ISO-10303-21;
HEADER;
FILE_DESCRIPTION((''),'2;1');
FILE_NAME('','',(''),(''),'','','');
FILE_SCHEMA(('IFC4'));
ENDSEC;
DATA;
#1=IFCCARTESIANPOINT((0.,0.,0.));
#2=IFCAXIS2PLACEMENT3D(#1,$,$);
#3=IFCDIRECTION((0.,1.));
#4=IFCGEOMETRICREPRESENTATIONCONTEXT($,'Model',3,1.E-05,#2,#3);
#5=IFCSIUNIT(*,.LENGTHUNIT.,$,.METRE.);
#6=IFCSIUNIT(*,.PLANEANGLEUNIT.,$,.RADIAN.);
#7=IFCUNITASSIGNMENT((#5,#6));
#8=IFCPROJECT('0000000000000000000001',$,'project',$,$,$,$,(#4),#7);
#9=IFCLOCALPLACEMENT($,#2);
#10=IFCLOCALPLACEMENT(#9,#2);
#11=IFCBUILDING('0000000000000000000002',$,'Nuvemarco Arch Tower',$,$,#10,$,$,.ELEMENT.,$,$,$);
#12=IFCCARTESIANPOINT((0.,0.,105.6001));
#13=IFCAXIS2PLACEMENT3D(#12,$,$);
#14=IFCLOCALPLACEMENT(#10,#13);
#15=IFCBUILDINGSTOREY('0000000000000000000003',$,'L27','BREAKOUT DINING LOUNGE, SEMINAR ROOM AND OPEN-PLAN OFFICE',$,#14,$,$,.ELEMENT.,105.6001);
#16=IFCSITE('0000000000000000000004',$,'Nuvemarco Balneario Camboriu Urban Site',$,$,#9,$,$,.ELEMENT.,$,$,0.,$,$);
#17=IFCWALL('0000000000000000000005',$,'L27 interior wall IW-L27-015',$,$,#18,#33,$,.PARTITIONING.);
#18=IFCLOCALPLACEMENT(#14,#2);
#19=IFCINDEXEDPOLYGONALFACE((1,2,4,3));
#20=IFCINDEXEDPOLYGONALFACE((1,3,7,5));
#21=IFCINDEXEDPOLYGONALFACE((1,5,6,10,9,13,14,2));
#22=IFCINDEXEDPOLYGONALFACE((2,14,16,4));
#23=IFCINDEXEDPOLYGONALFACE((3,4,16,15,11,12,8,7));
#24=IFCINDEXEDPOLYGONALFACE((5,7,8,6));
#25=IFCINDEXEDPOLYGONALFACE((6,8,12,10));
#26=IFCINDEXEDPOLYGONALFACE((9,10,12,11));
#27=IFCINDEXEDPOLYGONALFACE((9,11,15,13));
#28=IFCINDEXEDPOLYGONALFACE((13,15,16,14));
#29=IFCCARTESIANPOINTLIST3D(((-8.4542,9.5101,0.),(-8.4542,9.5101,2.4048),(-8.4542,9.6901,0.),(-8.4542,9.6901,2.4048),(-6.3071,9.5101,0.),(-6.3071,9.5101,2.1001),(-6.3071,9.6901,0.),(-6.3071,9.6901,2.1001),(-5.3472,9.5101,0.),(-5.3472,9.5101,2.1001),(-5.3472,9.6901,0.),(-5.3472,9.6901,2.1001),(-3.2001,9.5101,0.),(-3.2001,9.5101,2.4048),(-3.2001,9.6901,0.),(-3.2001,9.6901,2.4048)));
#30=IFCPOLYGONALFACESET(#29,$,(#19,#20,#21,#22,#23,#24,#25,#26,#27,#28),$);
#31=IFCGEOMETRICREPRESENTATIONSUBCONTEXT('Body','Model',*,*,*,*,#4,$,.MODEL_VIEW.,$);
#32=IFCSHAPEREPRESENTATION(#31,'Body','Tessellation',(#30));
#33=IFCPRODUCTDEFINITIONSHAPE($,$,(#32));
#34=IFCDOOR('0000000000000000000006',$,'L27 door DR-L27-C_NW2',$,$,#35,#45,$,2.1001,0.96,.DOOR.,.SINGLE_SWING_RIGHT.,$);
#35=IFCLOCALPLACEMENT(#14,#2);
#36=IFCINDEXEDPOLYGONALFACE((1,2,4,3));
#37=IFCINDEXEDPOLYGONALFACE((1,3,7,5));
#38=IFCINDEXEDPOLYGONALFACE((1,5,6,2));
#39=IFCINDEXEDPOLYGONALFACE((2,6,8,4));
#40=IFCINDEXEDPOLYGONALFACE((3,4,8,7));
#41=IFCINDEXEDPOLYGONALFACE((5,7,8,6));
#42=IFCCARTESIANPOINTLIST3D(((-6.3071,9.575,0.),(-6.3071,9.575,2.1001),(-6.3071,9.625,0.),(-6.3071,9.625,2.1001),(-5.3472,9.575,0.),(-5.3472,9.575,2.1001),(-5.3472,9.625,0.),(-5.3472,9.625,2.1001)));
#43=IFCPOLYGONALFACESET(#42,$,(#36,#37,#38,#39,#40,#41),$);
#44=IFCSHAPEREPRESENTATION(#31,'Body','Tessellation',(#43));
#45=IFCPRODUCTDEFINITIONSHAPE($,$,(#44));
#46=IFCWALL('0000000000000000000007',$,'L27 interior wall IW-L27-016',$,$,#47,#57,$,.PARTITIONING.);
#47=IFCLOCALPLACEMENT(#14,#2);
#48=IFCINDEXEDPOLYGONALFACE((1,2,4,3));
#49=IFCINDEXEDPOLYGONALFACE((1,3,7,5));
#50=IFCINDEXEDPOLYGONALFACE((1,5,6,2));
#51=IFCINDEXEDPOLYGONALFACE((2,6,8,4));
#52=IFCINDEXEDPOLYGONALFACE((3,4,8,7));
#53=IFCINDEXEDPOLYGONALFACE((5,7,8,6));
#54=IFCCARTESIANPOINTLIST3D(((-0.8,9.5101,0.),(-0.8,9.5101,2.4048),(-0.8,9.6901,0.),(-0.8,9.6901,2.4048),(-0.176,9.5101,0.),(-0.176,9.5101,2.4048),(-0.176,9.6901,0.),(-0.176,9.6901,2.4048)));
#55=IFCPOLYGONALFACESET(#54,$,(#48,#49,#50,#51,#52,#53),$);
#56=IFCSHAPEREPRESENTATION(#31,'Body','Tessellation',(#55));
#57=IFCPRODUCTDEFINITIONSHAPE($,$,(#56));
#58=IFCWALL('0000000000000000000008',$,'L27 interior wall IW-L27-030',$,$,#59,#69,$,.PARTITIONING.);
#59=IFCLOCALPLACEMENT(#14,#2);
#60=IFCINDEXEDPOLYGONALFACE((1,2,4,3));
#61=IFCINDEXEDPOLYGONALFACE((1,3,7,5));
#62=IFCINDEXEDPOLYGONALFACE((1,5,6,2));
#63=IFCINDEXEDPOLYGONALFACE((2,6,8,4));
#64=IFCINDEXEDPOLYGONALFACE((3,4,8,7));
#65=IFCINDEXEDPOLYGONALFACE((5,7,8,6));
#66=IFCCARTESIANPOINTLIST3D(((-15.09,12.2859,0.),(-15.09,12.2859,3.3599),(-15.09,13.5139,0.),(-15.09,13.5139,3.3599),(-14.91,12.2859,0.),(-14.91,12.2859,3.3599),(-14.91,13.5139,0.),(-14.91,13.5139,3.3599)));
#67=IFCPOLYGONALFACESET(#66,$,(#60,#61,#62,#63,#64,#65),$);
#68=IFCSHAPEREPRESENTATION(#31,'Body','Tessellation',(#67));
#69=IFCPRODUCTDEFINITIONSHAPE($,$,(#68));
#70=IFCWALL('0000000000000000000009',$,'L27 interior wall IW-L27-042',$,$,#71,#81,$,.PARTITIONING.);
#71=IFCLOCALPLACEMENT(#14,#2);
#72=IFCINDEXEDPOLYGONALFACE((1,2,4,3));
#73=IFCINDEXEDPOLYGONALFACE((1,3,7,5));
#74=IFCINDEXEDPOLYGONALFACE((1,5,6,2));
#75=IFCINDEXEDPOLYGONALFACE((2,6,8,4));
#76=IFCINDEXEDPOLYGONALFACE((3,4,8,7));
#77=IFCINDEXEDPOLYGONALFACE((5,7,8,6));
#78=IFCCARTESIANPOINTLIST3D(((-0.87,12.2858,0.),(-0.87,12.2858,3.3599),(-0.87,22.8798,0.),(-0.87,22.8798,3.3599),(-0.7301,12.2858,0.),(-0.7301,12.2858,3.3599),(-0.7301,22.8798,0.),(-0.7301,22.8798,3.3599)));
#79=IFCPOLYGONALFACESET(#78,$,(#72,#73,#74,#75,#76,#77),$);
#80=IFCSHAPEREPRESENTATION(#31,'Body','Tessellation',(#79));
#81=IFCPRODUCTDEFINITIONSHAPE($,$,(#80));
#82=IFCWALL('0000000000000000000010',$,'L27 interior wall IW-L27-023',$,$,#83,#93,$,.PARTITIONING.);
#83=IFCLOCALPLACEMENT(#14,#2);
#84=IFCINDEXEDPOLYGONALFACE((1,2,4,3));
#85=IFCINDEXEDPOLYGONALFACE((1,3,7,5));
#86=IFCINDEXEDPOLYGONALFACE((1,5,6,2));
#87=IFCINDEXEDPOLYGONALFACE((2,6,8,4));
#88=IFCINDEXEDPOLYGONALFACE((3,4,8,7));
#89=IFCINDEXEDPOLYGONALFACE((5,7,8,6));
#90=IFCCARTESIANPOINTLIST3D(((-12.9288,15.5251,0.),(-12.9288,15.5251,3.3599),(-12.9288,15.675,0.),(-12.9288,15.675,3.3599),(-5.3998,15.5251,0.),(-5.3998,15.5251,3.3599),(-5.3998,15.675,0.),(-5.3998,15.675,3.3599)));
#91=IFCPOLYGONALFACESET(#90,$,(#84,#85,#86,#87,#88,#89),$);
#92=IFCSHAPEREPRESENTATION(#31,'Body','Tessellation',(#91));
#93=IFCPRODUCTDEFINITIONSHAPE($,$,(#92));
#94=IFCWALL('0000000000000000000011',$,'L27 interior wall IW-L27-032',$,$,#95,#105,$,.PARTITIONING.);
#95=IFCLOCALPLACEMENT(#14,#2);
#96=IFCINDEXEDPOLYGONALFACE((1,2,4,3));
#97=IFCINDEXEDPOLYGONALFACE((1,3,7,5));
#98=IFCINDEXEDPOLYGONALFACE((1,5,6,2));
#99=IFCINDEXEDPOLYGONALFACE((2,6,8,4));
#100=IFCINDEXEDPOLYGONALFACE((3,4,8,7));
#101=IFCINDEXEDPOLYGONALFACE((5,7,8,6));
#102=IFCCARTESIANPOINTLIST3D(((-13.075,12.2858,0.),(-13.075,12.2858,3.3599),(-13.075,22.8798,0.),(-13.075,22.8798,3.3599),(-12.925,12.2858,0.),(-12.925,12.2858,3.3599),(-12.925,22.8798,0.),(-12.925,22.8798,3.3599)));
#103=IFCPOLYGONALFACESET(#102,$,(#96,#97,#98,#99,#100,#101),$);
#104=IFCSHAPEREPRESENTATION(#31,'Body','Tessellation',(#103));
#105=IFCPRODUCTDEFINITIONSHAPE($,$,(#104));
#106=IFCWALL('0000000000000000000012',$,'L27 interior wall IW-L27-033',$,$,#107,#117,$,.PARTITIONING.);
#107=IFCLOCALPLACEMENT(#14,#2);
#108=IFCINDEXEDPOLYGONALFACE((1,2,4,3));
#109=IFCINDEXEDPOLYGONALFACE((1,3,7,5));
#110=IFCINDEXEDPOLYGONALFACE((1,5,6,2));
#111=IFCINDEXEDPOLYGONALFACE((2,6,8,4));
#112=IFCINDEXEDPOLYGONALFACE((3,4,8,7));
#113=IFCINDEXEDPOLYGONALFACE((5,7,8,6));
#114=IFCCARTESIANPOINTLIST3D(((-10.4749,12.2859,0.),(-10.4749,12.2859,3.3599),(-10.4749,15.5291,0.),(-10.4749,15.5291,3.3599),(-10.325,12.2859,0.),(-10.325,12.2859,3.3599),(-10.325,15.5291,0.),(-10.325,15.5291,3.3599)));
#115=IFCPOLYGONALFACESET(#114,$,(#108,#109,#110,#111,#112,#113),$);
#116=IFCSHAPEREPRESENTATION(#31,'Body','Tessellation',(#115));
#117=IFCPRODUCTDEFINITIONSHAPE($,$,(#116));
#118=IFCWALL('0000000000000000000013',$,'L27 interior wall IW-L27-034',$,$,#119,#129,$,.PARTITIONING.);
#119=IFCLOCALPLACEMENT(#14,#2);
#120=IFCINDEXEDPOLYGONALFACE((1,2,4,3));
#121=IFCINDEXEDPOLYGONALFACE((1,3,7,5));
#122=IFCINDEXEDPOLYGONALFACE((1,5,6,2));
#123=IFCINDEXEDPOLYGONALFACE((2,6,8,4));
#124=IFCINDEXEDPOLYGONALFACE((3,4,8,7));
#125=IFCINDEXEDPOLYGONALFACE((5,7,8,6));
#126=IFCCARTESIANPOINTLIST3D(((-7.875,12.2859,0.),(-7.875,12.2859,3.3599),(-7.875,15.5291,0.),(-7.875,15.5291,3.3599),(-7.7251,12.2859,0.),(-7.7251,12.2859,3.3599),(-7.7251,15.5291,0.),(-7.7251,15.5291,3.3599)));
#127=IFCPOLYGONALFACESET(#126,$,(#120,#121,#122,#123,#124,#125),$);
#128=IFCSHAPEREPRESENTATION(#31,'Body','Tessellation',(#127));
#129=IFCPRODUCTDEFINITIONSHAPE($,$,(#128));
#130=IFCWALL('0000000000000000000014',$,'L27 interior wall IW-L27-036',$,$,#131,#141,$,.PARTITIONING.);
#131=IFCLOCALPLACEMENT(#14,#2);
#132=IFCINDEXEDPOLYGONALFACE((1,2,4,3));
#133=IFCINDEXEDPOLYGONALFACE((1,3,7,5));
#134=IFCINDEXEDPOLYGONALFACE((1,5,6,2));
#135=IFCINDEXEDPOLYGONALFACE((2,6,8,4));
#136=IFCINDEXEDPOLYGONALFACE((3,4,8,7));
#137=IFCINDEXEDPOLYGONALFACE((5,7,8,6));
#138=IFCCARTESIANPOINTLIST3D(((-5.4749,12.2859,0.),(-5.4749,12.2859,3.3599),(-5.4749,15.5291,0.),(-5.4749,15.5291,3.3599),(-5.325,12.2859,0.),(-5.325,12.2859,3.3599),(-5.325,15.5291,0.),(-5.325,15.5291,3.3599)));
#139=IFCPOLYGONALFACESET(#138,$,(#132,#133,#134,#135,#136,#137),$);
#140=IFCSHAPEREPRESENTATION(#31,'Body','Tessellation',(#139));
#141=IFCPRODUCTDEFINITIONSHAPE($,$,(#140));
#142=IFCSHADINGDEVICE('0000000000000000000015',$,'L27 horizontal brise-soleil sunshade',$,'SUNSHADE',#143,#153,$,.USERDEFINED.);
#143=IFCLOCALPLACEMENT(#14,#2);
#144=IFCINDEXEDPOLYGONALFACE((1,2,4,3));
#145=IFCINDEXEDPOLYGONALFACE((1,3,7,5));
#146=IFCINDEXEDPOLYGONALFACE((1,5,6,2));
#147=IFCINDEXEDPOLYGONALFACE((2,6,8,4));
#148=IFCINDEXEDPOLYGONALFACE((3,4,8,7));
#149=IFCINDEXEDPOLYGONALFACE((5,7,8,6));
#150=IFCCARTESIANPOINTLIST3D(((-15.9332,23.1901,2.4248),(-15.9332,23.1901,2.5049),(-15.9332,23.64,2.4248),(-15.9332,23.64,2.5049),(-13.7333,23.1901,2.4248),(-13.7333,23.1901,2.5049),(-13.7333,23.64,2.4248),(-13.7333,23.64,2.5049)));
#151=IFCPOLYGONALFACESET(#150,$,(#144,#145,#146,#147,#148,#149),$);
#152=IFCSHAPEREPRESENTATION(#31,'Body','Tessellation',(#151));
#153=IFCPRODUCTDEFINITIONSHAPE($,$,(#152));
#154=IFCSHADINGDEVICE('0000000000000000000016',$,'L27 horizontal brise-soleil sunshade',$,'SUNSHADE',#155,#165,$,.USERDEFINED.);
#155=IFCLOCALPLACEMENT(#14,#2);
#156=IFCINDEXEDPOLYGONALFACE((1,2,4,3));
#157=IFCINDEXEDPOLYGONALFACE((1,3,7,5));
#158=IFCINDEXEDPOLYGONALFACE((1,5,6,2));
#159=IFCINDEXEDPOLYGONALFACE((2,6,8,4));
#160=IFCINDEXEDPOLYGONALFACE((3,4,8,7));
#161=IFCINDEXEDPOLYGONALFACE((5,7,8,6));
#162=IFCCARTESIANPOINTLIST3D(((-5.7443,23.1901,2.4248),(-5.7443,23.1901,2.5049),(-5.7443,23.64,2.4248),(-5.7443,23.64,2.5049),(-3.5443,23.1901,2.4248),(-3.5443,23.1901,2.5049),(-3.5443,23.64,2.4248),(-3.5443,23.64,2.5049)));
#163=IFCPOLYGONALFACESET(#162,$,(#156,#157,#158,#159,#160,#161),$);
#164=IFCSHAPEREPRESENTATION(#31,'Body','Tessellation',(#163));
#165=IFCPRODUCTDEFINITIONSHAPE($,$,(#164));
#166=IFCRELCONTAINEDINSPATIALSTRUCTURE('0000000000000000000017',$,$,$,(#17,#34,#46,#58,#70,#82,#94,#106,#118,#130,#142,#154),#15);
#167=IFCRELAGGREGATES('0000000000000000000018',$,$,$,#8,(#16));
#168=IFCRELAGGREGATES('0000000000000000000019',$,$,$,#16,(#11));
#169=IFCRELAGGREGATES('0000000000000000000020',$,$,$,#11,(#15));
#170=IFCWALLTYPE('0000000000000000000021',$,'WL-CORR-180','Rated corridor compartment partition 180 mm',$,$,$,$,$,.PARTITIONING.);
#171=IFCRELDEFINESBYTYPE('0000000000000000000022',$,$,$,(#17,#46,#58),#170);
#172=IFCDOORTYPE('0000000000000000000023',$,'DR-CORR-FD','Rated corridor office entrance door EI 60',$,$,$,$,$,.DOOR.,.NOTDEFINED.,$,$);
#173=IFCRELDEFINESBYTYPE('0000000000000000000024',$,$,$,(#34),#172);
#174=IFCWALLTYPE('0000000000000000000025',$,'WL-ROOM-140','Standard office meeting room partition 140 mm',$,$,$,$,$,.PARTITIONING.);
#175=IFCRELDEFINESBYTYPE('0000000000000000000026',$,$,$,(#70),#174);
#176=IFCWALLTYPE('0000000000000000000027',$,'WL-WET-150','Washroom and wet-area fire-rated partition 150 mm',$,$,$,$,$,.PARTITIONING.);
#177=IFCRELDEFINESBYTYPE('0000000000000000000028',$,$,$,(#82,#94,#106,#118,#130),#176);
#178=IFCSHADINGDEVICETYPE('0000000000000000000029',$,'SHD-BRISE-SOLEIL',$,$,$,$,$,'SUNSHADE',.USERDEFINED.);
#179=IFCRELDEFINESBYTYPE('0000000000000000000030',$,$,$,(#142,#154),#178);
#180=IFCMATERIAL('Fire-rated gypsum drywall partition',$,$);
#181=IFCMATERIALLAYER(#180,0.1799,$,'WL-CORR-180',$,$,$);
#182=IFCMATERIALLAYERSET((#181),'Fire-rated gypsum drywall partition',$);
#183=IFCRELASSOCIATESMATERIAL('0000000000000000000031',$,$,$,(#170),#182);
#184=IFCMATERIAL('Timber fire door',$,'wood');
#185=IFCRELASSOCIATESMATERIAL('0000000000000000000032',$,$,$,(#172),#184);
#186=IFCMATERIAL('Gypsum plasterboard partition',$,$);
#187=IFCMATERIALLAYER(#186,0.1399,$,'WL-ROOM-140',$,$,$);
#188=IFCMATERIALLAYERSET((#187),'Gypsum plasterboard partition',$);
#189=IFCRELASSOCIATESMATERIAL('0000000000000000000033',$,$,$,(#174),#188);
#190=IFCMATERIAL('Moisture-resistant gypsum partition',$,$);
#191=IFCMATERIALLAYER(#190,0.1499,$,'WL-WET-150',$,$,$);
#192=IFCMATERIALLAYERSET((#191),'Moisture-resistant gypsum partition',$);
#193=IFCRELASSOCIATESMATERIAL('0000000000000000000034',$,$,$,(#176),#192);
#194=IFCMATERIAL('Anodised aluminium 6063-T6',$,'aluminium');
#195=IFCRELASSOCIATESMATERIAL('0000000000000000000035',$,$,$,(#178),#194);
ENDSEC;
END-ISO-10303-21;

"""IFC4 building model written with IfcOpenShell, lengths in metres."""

from ifc_helpers import new_model, si_unit, direction, frame, frame_2d, origin, origin_2d, place, context, subcontext, project, spatial, rectangle, extrude, source, transform, mapped, material, layer, layer_set, type_object, type_shapes, element, fill, save


model = new_model("IFC4")

# Units and contexts
model_context = context("Model", 3, precision=1e-05, world=origin(), true_north=direction((0.0, 1.0)))
body_context = subcontext(model_context, "Body", "Model", "MODEL_VIEW")
ifc_project = project(units=[si_unit("LENGTHUNIT", "METRE"), si_unit("PLANEANGLEUNIT", "RADIAN")], contexts=[model_context])

# Site, building, storey
site_placement = place(None, origin())
site = spatial("IfcSite", under=ifc_project, at=site_placement, Name="Nuvemarco Balneario Camboriu Urban Site", CompositionType="ELEMENT", RefElevation=0.0)
building_placement = place(site_placement, origin())
building = spatial("IfcBuilding", under=site, at=building_placement, Name="Nuvemarco Arch Tower", CompositionType="ELEMENT")
storey_placement = place(building_placement, frame((0.0, 0.0, 105.6001)))
storey = spatial("IfcBuildingStorey", under=building, at=storey_placement, Name="L27", Description="BREAKOUT DINING LOUNGE, SEMINAR ROOM AND OPEN-PLAN OFFICE", CompositionType="ELEMENT", Elevation=105.6001)

# Wall, opening, door
ifc_material_1 = material(Name="Fire-rated gypsum drywall partition")
ifc_layer_1 = layer(ifc_material_1, 0.1799, Name="WL-CORR-180")
ifc_layer_set_1 = layer_set([ifc_layer_1], Name="Fire-rated gypsum drywall partition")
wall_type_1 = type_object("IfcWallType", Name="WL-CORR-180", Description="Rated corridor compartment partition 180 mm", PredefinedType="PARTITIONING", material=ifc_layer_set_1)
wall_1_placement = place(storey_placement, frame((-8.4541, 9.6001, 0.0), z_axis=(0.0, 0.0, 1.0), x_axis=(1.0, 0.0, 0.0)))
wall_1 = element("IfcWall", 1, at=wall_1_placement, inside=storey, type_object=wall_type_1, Name="L27 interior wall IW-L27-015", PredefinedType="PARTITIONING", context=body_context, shape_type="SweptSolid", body=[
    extrude(rectangle(XDim=5.2542, YDim=0.1799, at=frame_2d((2.627, 0.0))), origin(), (0.0, 0.0, 1.0), 2.4048),
])
opening_placement = place(wall_1_placement, frame((2.147, 0.0, 0.0)))
opening = element("IfcOpeningElement", 2, at=opening_placement, cuts=wall_1, PredefinedType="OPENING", context=body_context, shape_type="SweptSolid", body=[
    extrude(rectangle(XDim=0.96, YDim=2.1001, at=frame_2d((0.48, 1.05))), frame((0.0, 0.0999, 0.0), z_axis=(0.0, -1.0, 0.0), x_axis=(1.0, 0.0, 0.0)), (0.0, 0.0, 1.0), 0.2),
])
ifc_material_2 = material(Name="Timber fire door", Category="wood")
door_type = type_object("IfcDoorType", Name="DR-CORR-FD", Description="Rated corridor office entrance door EI 60", OperationType="NOTDEFINED", PredefinedType="DOOR", material=ifc_material_2)
shared_shape_1 = source(origin(), body_context, "Body", "SweptSolid", [
    extrude(rectangle(XDim=0.96, YDim=2.1001, at=frame_2d((0.48, 1.05))), frame((0.0, 0.0249, 0.0), z_axis=(0.0, -1.0, 0.0), x_axis=(1.0, 0.0, 0.0)), (0.0, 0.0, 1.0), 0.05),
])
type_shapes(door_type, [shared_shape_1])
door_placement = place(opening_placement, origin())
door = element("IfcDoor", 3, at=door_placement, inside=storey, type_object=door_type, Name="L27 door DR-L27-C_NW2", OperationType="SINGLE_SWING_RIGHT", OverallHeight=2.1001, OverallWidth=0.96, PredefinedType="DOOR", context=body_context, shape_type="MappedRepresentation", body=[
    mapped(shared_shape_1, transform((0.0, 0.0, 0.0), scale=1.0)),
])
fill(opening, door)

# Walls
wall_2_placement = place(storey_placement, frame((-0.8, 9.6001, 0.0), z_axis=(0.0, 0.0, 1.0), x_axis=(1.0, 0.0, 0.0)))
element("IfcWall", 4, at=wall_2_placement, inside=storey, type_object=wall_type_1, Name="L27 interior wall IW-L27-016", PredefinedType="PARTITIONING", context=body_context, shape_type="SweptSolid", body=[
    extrude(rectangle(XDim=0.624, YDim=0.1799, at=frame_2d((0.312, 0.0))), origin(), (0.0, 0.0, 1.0), 2.4048),
])
wall_3_placement = place(storey_placement, frame((-15.0, 12.2859, 0.0), z_axis=(0.0, 0.0, 1.0), x_axis=(0.0, 1.0, 0.0)))
element("IfcWall", 5, at=wall_3_placement, inside=storey, type_object=wall_type_1, Name="L27 interior wall IW-L27-030", PredefinedType="PARTITIONING", context=body_context, shape_type="SweptSolid", body=[
    extrude(rectangle(XDim=1.228, YDim=0.1799, at=frame_2d((0.614, 0.0))), origin(), (0.0, 0.0, 1.0), 3.3599),
])
ifc_material_3 = material(Name="Gypsum plasterboard partition")
ifc_layer_2 = layer(ifc_material_3, 0.1399, Name="WL-ROOM-140")
ifc_layer_set_2 = layer_set([ifc_layer_2], Name="Gypsum plasterboard partition")
wall_type_2 = type_object("IfcWallType", Name="WL-ROOM-140", Description="Standard office meeting room partition 140 mm", PredefinedType="PARTITIONING", material=ifc_layer_set_2)
wall_4_placement = place(storey_placement, frame((-0.8, 12.2859, 0.0), z_axis=(0.0, 0.0, 1.0), x_axis=(0.0, 1.0, 0.0)))
element("IfcWall", 6, at=wall_4_placement, inside=storey, type_object=wall_type_2, Name="L27 interior wall IW-L27-042", PredefinedType="PARTITIONING", context=body_context, shape_type="SweptSolid", body=[
    extrude(rectangle(XDim=10.594, YDim=0.1399, at=frame_2d((5.2969, 0.0))), origin(), (0.0, 0.0, 1.0), 3.3599),
])
ifc_material_4 = material(Name="Moisture-resistant gypsum partition")
ifc_layer_3 = layer(ifc_material_4, 0.1499, Name="WL-WET-150")
ifc_layer_set_3 = layer_set([ifc_layer_3], Name="Moisture-resistant gypsum partition")
wall_type_3 = type_object("IfcWallType", Name="WL-WET-150", Description="Washroom and wet-area fire-rated partition 150 mm", PredefinedType="PARTITIONING", material=ifc_layer_set_3)
wall_5_placement = place(storey_placement, frame((-12.929, 15.6001, 0.0), z_axis=(0.0, 0.0, 1.0), x_axis=(1.0, 0.0, 0.0)))
element("IfcWall", 7, at=wall_5_placement, inside=storey, type_object=wall_type_3, Name="L27 interior wall IW-L27-023", PredefinedType="PARTITIONING", context=body_context, shape_type="SweptSolid", body=[
    extrude(rectangle(XDim=7.5291, YDim=0.1499, at=frame_2d((3.7646, 0.0))), origin(), (0.0, 0.0, 1.0), 3.3599),
])
wall_6_placement = place(storey_placement, frame((-13.0, 12.2859, 0.0), z_axis=(0.0, 0.0, 1.0), x_axis=(0.0, 1.0, 0.0)))
element("IfcWall", 8, at=wall_6_placement, inside=storey, type_object=wall_type_3, Name="L27 interior wall IW-L27-032", PredefinedType="PARTITIONING", context=body_context, shape_type="SweptSolid", body=[
    extrude(rectangle(XDim=10.594, YDim=0.1499, at=frame_2d((5.2969, 0.0))), origin(), (0.0, 0.0, 1.0), 3.3599),
])
for number, where, z_axis, x_axis, name in (
    (9, (-10.3999, 12.2859, 0.0), (0.0, 0.0, 1.0), (0.0, 1.0, 0.0), "L27 interior wall IW-L27-033"),
    (10, (-7.8, 12.2859, 0.0), (0.0, 0.0, 1.0), (0.0, 1.0, 0.0), "L27 interior wall IW-L27-034"),
    (11, (-5.3999, 12.2859, 0.0), (0.0, 0.0, 1.0), (0.0, 1.0, 0.0), "L27 interior wall IW-L27-036"),
):
    element("IfcWall", number, at=place(storey_placement, frame(where, z_axis=z_axis, x_axis=x_axis)), inside=storey, type_object=wall_type_3, Name=name, PredefinedType="PARTITIONING", context=body_context, shape_type="SweptSolid", body=[
        extrude(rectangle(XDim=3.2432, YDim=0.1499, at=frame_2d((1.6216, 0.0))), origin(), (0.0, 0.0, 1.0), 3.3599),
    ])

# Shading devices
ifc_material_5 = material(Name="Anodised aluminium 6063-T6", Category="aluminium")
shading_device_type = type_object("IfcShadingDeviceType", Name="SHD-BRISE-SOLEIL", ElementType="SUNSHADE", PredefinedType="USERDEFINED", material=ifc_material_5)
shared_shape_2 = source(origin(), body_context, "Body", "SweptSolid", [
    extrude(rectangle(XDim=2.2, YDim=0.45, at=origin_2d()), origin(), (0.0, 0.0, 1.0), 0.0801),
])
type_shapes(shading_device_type, [shared_shape_2])
for number, where, z_axis, x_axis, name in (
    (12, (-14.8333, 23.415, 2.4248), (0.0, 0.0, 1.0), (1.0, 0.0, 0.0), "L27 horizontal brise-soleil sunshade"),
    (13, (-4.6443, 23.415, 2.4248), (0.0, 0.0, 1.0), (1.0, 0.0, 0.0), "L27 horizontal brise-soleil sunshade"),
):
    element("IfcShadingDevice", number, at=place(storey_placement, frame(where, z_axis=z_axis, x_axis=x_axis)), inside=storey, type_object=shading_device_type, Name=name, ObjectType="SUNSHADE", PredefinedType="USERDEFINED", context=body_context, shape_type="MappedRepresentation", body=[
        mapped(shared_shape_2, transform((0.0, 0.0, 0.0), scale=1.0)),
    ])

save(model, "model.ifc")
